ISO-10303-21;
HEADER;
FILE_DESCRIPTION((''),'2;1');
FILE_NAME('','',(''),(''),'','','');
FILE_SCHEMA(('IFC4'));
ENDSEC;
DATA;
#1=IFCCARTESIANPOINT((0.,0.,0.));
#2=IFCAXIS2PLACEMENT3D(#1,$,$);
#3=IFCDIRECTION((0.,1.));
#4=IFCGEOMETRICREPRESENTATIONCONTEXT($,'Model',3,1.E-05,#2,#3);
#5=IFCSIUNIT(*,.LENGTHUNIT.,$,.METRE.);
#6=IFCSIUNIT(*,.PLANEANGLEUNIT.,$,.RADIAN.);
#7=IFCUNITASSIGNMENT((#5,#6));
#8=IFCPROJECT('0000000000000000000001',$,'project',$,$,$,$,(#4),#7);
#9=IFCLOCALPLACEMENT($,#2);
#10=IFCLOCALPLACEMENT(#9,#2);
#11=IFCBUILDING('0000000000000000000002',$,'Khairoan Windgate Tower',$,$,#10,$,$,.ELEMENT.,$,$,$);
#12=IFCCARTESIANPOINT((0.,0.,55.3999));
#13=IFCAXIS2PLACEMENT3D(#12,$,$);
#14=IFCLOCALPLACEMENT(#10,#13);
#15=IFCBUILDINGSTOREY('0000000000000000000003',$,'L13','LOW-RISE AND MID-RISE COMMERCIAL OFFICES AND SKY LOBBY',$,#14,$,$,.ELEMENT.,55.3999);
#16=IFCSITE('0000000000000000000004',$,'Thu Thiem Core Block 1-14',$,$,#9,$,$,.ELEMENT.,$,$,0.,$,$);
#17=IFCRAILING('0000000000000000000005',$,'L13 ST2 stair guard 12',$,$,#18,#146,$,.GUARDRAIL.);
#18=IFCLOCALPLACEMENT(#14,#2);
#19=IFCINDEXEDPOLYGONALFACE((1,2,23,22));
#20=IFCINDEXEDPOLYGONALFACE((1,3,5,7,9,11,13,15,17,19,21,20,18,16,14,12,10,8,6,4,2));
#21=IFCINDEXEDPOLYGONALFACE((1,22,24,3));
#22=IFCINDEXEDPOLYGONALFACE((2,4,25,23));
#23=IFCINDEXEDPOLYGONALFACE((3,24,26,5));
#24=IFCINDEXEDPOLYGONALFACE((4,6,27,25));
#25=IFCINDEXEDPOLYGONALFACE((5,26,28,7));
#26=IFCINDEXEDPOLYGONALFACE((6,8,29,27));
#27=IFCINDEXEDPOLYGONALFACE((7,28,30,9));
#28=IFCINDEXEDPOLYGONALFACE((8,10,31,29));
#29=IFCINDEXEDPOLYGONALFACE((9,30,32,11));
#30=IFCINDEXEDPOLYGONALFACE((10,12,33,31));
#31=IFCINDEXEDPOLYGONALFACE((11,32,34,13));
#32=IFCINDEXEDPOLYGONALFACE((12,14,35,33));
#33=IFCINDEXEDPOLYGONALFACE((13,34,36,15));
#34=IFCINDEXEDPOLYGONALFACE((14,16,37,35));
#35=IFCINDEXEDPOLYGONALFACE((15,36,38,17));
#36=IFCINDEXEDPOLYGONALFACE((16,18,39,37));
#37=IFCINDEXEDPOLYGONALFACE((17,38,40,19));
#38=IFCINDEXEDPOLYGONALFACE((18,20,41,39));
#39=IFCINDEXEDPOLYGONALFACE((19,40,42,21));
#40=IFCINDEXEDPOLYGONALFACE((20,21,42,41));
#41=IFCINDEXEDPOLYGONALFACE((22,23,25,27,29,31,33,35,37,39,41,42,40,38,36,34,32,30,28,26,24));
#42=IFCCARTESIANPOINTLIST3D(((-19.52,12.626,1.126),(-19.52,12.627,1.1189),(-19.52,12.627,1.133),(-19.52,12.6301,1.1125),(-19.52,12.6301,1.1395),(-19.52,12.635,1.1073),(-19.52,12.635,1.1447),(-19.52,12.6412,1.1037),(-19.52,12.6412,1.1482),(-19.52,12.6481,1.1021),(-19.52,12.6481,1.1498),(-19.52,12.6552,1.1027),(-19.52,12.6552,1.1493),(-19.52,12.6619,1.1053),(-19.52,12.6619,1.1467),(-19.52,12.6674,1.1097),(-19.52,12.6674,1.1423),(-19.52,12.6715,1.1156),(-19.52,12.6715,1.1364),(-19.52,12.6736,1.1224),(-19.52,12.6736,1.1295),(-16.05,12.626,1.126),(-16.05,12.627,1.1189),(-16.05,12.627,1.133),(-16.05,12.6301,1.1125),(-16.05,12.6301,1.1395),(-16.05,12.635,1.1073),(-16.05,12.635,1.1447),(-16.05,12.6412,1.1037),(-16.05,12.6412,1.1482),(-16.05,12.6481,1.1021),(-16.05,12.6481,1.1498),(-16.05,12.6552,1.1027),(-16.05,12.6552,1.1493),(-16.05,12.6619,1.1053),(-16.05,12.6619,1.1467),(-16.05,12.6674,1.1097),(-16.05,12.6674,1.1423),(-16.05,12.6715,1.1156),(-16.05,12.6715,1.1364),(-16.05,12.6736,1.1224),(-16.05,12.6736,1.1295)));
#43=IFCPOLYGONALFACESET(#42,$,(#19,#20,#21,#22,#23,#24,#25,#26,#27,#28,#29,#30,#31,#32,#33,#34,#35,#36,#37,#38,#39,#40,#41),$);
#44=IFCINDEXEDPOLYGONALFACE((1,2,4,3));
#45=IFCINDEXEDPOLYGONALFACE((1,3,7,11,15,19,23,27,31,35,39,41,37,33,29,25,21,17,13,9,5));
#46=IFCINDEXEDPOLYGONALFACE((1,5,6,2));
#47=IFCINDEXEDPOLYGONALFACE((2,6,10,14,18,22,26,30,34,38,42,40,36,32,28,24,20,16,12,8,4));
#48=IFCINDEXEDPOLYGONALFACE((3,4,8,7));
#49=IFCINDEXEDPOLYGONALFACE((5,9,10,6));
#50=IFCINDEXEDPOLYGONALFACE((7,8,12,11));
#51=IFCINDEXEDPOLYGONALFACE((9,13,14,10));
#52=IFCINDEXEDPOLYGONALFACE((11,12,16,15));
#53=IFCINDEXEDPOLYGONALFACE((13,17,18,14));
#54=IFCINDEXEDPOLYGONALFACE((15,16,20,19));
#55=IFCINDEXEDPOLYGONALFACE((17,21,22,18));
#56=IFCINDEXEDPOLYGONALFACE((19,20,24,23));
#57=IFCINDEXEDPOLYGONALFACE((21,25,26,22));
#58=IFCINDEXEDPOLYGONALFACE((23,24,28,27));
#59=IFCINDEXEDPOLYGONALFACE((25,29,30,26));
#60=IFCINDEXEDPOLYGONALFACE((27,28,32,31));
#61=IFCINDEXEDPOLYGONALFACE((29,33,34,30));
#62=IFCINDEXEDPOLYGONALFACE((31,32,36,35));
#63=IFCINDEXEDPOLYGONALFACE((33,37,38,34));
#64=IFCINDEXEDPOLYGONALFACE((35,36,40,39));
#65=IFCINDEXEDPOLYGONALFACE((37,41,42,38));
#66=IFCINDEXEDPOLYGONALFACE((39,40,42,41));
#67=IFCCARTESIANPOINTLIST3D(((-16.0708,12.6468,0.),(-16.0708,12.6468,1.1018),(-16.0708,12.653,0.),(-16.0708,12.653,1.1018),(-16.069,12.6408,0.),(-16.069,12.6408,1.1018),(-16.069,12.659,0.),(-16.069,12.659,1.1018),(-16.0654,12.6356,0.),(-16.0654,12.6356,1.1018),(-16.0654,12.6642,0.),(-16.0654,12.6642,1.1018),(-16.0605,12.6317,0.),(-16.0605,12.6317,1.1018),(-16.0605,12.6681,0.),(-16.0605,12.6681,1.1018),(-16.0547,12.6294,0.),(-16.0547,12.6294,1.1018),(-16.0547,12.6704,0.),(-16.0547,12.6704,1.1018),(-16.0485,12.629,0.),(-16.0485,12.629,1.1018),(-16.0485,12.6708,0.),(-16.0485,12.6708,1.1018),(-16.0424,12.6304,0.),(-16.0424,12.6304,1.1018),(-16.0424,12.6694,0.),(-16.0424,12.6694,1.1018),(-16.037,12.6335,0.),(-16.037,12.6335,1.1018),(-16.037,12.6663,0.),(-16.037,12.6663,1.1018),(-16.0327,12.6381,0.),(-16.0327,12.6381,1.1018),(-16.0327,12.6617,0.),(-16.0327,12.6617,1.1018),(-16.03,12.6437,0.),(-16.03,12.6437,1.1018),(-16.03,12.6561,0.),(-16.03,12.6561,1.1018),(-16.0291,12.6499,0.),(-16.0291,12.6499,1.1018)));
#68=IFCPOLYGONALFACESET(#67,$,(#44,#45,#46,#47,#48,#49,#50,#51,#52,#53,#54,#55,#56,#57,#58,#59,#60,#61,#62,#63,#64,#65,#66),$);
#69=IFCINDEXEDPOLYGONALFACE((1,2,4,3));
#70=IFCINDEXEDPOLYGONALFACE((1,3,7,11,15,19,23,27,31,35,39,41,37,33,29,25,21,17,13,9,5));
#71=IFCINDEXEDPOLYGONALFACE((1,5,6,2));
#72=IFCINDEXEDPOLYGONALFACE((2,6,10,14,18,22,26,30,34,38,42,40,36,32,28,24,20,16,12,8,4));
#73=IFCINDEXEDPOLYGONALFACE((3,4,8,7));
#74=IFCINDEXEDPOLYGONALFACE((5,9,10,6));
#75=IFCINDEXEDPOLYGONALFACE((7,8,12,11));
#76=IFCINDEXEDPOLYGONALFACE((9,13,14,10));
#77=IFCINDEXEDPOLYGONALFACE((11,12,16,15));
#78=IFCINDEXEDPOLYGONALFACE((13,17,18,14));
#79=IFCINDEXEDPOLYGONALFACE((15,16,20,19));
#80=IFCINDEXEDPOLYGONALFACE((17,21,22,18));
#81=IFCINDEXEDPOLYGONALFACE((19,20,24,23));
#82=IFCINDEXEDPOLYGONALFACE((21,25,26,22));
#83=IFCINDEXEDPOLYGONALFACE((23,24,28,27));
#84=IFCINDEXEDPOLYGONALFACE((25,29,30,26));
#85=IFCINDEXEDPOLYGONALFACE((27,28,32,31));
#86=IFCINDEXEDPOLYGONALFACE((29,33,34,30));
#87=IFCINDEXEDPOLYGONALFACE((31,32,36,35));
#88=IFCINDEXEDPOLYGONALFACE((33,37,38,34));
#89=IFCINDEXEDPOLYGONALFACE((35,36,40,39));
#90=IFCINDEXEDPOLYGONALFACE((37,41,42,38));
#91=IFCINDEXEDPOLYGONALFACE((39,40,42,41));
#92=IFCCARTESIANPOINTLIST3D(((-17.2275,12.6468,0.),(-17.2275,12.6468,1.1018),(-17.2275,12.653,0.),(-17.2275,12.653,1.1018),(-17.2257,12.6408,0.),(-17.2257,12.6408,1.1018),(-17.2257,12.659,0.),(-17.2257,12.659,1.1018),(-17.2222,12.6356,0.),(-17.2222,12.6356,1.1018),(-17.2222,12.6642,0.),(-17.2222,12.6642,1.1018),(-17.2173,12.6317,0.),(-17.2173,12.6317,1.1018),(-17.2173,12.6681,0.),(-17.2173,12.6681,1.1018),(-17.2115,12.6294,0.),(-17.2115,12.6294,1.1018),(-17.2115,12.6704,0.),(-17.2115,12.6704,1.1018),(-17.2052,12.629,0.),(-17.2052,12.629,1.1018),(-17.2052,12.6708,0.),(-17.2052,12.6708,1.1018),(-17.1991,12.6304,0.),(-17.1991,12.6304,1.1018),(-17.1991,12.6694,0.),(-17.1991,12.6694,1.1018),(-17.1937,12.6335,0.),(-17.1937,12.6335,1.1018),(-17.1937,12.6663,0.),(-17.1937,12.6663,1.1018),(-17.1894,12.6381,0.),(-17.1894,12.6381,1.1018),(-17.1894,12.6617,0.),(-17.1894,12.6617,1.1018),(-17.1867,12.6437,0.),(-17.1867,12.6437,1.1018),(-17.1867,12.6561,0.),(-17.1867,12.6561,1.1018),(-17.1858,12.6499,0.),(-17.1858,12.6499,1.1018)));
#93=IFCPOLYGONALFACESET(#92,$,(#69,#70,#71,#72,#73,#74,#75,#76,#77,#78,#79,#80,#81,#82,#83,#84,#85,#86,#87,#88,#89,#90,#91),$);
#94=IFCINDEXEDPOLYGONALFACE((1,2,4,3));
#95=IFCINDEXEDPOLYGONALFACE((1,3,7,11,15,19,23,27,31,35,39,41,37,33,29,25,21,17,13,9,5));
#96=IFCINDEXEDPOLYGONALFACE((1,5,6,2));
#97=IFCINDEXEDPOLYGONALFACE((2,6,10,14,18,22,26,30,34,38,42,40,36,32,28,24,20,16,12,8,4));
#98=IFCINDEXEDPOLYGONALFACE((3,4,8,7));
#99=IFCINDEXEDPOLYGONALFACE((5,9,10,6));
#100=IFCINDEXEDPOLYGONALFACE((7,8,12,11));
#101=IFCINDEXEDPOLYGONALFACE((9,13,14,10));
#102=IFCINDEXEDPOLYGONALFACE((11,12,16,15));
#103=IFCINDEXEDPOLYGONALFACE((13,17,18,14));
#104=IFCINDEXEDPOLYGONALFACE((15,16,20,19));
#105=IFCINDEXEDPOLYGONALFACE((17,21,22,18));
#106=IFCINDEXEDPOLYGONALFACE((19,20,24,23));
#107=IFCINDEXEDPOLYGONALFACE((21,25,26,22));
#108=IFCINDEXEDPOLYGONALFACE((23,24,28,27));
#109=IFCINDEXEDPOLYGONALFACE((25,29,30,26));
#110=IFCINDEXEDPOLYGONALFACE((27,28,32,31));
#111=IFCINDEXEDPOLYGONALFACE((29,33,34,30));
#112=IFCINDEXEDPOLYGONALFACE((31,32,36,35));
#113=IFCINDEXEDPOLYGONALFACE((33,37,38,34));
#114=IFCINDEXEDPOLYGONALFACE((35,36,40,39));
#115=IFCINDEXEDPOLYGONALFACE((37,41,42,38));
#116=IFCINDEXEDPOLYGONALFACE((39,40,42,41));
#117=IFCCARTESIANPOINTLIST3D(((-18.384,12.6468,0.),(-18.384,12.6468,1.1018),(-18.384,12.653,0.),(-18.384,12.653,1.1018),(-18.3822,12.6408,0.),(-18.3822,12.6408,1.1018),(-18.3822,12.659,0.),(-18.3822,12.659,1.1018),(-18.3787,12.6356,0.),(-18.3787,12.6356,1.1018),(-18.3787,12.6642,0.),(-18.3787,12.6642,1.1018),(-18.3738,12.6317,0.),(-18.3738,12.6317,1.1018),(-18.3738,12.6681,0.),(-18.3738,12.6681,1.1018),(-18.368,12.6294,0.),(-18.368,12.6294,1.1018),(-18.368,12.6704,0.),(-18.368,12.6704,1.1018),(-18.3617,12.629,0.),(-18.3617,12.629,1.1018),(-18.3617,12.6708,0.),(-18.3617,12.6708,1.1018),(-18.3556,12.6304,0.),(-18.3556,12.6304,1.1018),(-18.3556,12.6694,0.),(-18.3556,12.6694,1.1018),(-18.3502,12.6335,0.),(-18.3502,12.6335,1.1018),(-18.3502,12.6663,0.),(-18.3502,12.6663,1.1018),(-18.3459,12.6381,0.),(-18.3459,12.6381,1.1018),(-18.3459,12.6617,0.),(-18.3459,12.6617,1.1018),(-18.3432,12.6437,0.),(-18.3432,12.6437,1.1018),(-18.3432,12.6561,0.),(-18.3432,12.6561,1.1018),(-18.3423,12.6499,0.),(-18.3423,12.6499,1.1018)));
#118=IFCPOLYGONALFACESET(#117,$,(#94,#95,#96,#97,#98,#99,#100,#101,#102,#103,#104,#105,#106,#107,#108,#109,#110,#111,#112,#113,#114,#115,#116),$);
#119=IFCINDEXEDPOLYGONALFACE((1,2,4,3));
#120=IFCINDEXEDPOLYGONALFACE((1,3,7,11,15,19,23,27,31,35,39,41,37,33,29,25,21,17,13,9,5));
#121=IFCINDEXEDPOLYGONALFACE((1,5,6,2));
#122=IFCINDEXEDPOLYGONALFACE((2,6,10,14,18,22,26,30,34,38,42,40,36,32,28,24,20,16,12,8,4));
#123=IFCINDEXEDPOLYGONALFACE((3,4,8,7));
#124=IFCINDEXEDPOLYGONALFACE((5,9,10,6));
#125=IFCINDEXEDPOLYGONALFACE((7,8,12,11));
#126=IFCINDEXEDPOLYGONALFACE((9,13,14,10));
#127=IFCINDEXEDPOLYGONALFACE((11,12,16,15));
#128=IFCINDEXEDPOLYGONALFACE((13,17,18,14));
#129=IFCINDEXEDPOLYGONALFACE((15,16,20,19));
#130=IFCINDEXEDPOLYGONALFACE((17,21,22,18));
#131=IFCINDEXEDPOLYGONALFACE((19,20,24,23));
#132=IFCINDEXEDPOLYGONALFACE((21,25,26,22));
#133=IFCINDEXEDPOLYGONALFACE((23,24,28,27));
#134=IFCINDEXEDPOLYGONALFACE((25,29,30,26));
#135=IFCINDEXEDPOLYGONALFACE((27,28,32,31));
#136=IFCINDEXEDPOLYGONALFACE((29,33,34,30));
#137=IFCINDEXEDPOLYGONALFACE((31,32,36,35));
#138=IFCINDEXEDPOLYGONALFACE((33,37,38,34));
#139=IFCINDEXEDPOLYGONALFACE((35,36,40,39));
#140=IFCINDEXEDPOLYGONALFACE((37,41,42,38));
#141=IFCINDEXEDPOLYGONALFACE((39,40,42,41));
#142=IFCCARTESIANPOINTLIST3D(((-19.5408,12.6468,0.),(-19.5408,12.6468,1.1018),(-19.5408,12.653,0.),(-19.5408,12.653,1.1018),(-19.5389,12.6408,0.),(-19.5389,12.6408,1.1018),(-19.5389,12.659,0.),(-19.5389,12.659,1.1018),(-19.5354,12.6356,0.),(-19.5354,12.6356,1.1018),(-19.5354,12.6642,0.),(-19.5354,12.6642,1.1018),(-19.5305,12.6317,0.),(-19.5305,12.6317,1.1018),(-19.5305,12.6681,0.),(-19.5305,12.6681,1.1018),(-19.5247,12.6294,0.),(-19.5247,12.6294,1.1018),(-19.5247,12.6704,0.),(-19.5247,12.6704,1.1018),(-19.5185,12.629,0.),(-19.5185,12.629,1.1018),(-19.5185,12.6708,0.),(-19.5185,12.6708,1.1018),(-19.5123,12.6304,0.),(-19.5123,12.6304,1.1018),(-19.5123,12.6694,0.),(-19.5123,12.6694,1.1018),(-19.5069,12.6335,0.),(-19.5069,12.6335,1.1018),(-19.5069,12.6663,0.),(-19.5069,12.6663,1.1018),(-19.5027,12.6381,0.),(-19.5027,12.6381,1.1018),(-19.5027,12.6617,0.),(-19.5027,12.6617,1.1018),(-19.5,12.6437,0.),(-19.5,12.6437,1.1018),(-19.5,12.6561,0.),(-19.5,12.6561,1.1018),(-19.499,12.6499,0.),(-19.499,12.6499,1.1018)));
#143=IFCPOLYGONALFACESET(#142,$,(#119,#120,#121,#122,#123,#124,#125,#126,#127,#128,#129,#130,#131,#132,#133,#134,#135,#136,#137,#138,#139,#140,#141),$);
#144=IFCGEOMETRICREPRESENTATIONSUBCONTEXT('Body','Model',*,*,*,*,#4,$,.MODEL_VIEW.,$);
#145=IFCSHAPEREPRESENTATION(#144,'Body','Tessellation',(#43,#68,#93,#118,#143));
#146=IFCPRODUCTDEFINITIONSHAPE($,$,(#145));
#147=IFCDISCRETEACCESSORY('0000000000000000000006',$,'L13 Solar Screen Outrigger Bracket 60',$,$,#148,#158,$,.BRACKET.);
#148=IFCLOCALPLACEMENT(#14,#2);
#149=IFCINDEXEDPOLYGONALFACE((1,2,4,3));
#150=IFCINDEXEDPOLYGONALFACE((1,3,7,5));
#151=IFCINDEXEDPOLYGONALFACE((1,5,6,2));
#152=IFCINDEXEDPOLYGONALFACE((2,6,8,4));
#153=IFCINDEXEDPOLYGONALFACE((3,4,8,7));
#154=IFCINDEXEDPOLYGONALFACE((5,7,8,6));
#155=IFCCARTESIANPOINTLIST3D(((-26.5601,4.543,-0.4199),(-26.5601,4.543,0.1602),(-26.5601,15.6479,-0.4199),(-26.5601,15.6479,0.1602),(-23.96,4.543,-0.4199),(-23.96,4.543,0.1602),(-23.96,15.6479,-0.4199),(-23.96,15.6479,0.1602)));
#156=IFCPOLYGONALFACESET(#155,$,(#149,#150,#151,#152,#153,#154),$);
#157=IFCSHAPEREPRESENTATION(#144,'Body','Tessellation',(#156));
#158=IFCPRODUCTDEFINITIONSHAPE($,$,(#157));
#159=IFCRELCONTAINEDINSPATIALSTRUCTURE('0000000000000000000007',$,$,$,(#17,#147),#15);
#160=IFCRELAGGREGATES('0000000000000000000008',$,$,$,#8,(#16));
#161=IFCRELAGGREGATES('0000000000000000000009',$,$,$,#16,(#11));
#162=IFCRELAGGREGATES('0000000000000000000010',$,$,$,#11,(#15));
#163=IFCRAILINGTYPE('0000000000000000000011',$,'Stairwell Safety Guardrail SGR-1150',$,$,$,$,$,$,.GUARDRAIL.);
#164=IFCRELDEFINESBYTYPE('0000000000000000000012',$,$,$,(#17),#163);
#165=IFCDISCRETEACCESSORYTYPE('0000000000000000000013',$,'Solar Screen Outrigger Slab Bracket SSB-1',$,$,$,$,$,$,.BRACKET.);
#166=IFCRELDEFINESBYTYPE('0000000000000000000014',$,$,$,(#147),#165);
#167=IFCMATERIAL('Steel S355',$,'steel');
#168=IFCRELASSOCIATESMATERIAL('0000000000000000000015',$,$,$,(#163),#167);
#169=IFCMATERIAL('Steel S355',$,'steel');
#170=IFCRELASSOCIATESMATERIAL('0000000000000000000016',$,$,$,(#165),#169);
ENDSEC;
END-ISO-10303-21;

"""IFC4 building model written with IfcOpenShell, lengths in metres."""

from ifc_helpers import new_model, si_unit, direction, frame, origin, origin_2d, place, context, subcontext, project, spatial, rectangle, circle, extrude, material, type_object, element, save


model = new_model("IFC4")

# Units and contexts
model_context = context("Model", 3, precision=1e-05, world=origin(), true_north=direction((0.0, 1.0)))
body_context = subcontext(model_context, "Body", "Model", "MODEL_VIEW")
ifc_project = project(units=[si_unit("LENGTHUNIT", "METRE"), si_unit("PLANEANGLEUNIT", "RADIAN")], contexts=[model_context])

# Site, building, storey
site_placement = place(None, origin())
site = spatial("IfcSite", under=ifc_project, at=site_placement, Name="Thu Thiem Core Block 1-14", CompositionType="ELEMENT", RefElevation=0.0)
building_placement = place(site_placement, origin())
building = spatial("IfcBuilding", under=site, at=building_placement, Name="Khairoan Windgate Tower", CompositionType="ELEMENT")
storey_placement = place(building_placement, frame((0.0, 0.0, 55.3999)))
storey = spatial("IfcBuildingStorey", under=building, at=storey_placement, Name="L13", Description="LOW-RISE AND MID-RISE COMMERCIAL OFFICES AND SKY LOBBY", CompositionType="ELEMENT", Elevation=55.3999)

# Railing
ifc_material_1 = material(Name="Steel S355", Category="steel")
railing_type = type_object("IfcRailingType", Name="Stairwell Safety Guardrail SGR-1150", PredefinedType="GUARDRAIL", material=ifc_material_1)
railing_1_placement = place(storey_placement, frame((-16.05, 12.6499, 0.0)))
element("IfcRailing", 1, at=railing_1_placement, inside=storey, type_object=railing_type, Name="L13 ST2 stair guard 12", PredefinedType="GUARDRAIL", context=body_context, shape_type="SweptSolid", body=[
    extrude(circle(Radius=0.0239, at=origin_2d()), frame((0.0, 0.0, 1.126), z_axis=(-1.0, 0.0, 0.0), x_axis=(0.0, -1.0, 0.0)), (0.0, 0.0, 1.0), 3.47),
    extrude(circle(Radius=0.021, at=origin_2d()), origin(), (0.0, 0.0, 1.0), 1.1018),
    extrude(circle(Radius=0.021, at=origin_2d()), frame((-1.1567, 0.0, 0.0)), (0.0, 0.0, 1.0), 1.1018),
    extrude(circle(Radius=0.021, at=origin_2d()), frame((-2.3132, 0.0, 0.0)), (0.0, 0.0, 1.0), 1.1018),
    extrude(circle(Radius=0.021, at=origin_2d()), frame((-3.47, 0.0, 0.0)), (0.0, 0.0, 1.0), 1.1018),
])

# Discrete accessory
ifc_material_2 = material(Name="Steel S355", Category="steel")
discrete_accessory_type = type_object("IfcDiscreteAccessoryType", Name="Solar Screen Outrigger Slab Bracket SSB-1", PredefinedType="BRACKET", material=ifc_material_2)
discrete_accessory_placement = place(storey_placement, frame((-25.26, 10.0955, -0.4199), z_axis=(0.0, 0.0, 1.0), x_axis=(0.0, 1.0, 0.0)))
element("IfcDiscreteAccessory", 2, at=discrete_accessory_placement, inside=storey, type_object=discrete_accessory_type, Name="L13 Solar Screen Outrigger Bracket 60", PredefinedType="BRACKET", context=body_context, shape_type="SweptSolid", body=[
    extrude(rectangle(XDim=11.105, YDim=2.6001, at=origin_2d()), origin(), (0.0, 0.0, 1.0), 0.5801),
])

save(model, "model.ifc")
